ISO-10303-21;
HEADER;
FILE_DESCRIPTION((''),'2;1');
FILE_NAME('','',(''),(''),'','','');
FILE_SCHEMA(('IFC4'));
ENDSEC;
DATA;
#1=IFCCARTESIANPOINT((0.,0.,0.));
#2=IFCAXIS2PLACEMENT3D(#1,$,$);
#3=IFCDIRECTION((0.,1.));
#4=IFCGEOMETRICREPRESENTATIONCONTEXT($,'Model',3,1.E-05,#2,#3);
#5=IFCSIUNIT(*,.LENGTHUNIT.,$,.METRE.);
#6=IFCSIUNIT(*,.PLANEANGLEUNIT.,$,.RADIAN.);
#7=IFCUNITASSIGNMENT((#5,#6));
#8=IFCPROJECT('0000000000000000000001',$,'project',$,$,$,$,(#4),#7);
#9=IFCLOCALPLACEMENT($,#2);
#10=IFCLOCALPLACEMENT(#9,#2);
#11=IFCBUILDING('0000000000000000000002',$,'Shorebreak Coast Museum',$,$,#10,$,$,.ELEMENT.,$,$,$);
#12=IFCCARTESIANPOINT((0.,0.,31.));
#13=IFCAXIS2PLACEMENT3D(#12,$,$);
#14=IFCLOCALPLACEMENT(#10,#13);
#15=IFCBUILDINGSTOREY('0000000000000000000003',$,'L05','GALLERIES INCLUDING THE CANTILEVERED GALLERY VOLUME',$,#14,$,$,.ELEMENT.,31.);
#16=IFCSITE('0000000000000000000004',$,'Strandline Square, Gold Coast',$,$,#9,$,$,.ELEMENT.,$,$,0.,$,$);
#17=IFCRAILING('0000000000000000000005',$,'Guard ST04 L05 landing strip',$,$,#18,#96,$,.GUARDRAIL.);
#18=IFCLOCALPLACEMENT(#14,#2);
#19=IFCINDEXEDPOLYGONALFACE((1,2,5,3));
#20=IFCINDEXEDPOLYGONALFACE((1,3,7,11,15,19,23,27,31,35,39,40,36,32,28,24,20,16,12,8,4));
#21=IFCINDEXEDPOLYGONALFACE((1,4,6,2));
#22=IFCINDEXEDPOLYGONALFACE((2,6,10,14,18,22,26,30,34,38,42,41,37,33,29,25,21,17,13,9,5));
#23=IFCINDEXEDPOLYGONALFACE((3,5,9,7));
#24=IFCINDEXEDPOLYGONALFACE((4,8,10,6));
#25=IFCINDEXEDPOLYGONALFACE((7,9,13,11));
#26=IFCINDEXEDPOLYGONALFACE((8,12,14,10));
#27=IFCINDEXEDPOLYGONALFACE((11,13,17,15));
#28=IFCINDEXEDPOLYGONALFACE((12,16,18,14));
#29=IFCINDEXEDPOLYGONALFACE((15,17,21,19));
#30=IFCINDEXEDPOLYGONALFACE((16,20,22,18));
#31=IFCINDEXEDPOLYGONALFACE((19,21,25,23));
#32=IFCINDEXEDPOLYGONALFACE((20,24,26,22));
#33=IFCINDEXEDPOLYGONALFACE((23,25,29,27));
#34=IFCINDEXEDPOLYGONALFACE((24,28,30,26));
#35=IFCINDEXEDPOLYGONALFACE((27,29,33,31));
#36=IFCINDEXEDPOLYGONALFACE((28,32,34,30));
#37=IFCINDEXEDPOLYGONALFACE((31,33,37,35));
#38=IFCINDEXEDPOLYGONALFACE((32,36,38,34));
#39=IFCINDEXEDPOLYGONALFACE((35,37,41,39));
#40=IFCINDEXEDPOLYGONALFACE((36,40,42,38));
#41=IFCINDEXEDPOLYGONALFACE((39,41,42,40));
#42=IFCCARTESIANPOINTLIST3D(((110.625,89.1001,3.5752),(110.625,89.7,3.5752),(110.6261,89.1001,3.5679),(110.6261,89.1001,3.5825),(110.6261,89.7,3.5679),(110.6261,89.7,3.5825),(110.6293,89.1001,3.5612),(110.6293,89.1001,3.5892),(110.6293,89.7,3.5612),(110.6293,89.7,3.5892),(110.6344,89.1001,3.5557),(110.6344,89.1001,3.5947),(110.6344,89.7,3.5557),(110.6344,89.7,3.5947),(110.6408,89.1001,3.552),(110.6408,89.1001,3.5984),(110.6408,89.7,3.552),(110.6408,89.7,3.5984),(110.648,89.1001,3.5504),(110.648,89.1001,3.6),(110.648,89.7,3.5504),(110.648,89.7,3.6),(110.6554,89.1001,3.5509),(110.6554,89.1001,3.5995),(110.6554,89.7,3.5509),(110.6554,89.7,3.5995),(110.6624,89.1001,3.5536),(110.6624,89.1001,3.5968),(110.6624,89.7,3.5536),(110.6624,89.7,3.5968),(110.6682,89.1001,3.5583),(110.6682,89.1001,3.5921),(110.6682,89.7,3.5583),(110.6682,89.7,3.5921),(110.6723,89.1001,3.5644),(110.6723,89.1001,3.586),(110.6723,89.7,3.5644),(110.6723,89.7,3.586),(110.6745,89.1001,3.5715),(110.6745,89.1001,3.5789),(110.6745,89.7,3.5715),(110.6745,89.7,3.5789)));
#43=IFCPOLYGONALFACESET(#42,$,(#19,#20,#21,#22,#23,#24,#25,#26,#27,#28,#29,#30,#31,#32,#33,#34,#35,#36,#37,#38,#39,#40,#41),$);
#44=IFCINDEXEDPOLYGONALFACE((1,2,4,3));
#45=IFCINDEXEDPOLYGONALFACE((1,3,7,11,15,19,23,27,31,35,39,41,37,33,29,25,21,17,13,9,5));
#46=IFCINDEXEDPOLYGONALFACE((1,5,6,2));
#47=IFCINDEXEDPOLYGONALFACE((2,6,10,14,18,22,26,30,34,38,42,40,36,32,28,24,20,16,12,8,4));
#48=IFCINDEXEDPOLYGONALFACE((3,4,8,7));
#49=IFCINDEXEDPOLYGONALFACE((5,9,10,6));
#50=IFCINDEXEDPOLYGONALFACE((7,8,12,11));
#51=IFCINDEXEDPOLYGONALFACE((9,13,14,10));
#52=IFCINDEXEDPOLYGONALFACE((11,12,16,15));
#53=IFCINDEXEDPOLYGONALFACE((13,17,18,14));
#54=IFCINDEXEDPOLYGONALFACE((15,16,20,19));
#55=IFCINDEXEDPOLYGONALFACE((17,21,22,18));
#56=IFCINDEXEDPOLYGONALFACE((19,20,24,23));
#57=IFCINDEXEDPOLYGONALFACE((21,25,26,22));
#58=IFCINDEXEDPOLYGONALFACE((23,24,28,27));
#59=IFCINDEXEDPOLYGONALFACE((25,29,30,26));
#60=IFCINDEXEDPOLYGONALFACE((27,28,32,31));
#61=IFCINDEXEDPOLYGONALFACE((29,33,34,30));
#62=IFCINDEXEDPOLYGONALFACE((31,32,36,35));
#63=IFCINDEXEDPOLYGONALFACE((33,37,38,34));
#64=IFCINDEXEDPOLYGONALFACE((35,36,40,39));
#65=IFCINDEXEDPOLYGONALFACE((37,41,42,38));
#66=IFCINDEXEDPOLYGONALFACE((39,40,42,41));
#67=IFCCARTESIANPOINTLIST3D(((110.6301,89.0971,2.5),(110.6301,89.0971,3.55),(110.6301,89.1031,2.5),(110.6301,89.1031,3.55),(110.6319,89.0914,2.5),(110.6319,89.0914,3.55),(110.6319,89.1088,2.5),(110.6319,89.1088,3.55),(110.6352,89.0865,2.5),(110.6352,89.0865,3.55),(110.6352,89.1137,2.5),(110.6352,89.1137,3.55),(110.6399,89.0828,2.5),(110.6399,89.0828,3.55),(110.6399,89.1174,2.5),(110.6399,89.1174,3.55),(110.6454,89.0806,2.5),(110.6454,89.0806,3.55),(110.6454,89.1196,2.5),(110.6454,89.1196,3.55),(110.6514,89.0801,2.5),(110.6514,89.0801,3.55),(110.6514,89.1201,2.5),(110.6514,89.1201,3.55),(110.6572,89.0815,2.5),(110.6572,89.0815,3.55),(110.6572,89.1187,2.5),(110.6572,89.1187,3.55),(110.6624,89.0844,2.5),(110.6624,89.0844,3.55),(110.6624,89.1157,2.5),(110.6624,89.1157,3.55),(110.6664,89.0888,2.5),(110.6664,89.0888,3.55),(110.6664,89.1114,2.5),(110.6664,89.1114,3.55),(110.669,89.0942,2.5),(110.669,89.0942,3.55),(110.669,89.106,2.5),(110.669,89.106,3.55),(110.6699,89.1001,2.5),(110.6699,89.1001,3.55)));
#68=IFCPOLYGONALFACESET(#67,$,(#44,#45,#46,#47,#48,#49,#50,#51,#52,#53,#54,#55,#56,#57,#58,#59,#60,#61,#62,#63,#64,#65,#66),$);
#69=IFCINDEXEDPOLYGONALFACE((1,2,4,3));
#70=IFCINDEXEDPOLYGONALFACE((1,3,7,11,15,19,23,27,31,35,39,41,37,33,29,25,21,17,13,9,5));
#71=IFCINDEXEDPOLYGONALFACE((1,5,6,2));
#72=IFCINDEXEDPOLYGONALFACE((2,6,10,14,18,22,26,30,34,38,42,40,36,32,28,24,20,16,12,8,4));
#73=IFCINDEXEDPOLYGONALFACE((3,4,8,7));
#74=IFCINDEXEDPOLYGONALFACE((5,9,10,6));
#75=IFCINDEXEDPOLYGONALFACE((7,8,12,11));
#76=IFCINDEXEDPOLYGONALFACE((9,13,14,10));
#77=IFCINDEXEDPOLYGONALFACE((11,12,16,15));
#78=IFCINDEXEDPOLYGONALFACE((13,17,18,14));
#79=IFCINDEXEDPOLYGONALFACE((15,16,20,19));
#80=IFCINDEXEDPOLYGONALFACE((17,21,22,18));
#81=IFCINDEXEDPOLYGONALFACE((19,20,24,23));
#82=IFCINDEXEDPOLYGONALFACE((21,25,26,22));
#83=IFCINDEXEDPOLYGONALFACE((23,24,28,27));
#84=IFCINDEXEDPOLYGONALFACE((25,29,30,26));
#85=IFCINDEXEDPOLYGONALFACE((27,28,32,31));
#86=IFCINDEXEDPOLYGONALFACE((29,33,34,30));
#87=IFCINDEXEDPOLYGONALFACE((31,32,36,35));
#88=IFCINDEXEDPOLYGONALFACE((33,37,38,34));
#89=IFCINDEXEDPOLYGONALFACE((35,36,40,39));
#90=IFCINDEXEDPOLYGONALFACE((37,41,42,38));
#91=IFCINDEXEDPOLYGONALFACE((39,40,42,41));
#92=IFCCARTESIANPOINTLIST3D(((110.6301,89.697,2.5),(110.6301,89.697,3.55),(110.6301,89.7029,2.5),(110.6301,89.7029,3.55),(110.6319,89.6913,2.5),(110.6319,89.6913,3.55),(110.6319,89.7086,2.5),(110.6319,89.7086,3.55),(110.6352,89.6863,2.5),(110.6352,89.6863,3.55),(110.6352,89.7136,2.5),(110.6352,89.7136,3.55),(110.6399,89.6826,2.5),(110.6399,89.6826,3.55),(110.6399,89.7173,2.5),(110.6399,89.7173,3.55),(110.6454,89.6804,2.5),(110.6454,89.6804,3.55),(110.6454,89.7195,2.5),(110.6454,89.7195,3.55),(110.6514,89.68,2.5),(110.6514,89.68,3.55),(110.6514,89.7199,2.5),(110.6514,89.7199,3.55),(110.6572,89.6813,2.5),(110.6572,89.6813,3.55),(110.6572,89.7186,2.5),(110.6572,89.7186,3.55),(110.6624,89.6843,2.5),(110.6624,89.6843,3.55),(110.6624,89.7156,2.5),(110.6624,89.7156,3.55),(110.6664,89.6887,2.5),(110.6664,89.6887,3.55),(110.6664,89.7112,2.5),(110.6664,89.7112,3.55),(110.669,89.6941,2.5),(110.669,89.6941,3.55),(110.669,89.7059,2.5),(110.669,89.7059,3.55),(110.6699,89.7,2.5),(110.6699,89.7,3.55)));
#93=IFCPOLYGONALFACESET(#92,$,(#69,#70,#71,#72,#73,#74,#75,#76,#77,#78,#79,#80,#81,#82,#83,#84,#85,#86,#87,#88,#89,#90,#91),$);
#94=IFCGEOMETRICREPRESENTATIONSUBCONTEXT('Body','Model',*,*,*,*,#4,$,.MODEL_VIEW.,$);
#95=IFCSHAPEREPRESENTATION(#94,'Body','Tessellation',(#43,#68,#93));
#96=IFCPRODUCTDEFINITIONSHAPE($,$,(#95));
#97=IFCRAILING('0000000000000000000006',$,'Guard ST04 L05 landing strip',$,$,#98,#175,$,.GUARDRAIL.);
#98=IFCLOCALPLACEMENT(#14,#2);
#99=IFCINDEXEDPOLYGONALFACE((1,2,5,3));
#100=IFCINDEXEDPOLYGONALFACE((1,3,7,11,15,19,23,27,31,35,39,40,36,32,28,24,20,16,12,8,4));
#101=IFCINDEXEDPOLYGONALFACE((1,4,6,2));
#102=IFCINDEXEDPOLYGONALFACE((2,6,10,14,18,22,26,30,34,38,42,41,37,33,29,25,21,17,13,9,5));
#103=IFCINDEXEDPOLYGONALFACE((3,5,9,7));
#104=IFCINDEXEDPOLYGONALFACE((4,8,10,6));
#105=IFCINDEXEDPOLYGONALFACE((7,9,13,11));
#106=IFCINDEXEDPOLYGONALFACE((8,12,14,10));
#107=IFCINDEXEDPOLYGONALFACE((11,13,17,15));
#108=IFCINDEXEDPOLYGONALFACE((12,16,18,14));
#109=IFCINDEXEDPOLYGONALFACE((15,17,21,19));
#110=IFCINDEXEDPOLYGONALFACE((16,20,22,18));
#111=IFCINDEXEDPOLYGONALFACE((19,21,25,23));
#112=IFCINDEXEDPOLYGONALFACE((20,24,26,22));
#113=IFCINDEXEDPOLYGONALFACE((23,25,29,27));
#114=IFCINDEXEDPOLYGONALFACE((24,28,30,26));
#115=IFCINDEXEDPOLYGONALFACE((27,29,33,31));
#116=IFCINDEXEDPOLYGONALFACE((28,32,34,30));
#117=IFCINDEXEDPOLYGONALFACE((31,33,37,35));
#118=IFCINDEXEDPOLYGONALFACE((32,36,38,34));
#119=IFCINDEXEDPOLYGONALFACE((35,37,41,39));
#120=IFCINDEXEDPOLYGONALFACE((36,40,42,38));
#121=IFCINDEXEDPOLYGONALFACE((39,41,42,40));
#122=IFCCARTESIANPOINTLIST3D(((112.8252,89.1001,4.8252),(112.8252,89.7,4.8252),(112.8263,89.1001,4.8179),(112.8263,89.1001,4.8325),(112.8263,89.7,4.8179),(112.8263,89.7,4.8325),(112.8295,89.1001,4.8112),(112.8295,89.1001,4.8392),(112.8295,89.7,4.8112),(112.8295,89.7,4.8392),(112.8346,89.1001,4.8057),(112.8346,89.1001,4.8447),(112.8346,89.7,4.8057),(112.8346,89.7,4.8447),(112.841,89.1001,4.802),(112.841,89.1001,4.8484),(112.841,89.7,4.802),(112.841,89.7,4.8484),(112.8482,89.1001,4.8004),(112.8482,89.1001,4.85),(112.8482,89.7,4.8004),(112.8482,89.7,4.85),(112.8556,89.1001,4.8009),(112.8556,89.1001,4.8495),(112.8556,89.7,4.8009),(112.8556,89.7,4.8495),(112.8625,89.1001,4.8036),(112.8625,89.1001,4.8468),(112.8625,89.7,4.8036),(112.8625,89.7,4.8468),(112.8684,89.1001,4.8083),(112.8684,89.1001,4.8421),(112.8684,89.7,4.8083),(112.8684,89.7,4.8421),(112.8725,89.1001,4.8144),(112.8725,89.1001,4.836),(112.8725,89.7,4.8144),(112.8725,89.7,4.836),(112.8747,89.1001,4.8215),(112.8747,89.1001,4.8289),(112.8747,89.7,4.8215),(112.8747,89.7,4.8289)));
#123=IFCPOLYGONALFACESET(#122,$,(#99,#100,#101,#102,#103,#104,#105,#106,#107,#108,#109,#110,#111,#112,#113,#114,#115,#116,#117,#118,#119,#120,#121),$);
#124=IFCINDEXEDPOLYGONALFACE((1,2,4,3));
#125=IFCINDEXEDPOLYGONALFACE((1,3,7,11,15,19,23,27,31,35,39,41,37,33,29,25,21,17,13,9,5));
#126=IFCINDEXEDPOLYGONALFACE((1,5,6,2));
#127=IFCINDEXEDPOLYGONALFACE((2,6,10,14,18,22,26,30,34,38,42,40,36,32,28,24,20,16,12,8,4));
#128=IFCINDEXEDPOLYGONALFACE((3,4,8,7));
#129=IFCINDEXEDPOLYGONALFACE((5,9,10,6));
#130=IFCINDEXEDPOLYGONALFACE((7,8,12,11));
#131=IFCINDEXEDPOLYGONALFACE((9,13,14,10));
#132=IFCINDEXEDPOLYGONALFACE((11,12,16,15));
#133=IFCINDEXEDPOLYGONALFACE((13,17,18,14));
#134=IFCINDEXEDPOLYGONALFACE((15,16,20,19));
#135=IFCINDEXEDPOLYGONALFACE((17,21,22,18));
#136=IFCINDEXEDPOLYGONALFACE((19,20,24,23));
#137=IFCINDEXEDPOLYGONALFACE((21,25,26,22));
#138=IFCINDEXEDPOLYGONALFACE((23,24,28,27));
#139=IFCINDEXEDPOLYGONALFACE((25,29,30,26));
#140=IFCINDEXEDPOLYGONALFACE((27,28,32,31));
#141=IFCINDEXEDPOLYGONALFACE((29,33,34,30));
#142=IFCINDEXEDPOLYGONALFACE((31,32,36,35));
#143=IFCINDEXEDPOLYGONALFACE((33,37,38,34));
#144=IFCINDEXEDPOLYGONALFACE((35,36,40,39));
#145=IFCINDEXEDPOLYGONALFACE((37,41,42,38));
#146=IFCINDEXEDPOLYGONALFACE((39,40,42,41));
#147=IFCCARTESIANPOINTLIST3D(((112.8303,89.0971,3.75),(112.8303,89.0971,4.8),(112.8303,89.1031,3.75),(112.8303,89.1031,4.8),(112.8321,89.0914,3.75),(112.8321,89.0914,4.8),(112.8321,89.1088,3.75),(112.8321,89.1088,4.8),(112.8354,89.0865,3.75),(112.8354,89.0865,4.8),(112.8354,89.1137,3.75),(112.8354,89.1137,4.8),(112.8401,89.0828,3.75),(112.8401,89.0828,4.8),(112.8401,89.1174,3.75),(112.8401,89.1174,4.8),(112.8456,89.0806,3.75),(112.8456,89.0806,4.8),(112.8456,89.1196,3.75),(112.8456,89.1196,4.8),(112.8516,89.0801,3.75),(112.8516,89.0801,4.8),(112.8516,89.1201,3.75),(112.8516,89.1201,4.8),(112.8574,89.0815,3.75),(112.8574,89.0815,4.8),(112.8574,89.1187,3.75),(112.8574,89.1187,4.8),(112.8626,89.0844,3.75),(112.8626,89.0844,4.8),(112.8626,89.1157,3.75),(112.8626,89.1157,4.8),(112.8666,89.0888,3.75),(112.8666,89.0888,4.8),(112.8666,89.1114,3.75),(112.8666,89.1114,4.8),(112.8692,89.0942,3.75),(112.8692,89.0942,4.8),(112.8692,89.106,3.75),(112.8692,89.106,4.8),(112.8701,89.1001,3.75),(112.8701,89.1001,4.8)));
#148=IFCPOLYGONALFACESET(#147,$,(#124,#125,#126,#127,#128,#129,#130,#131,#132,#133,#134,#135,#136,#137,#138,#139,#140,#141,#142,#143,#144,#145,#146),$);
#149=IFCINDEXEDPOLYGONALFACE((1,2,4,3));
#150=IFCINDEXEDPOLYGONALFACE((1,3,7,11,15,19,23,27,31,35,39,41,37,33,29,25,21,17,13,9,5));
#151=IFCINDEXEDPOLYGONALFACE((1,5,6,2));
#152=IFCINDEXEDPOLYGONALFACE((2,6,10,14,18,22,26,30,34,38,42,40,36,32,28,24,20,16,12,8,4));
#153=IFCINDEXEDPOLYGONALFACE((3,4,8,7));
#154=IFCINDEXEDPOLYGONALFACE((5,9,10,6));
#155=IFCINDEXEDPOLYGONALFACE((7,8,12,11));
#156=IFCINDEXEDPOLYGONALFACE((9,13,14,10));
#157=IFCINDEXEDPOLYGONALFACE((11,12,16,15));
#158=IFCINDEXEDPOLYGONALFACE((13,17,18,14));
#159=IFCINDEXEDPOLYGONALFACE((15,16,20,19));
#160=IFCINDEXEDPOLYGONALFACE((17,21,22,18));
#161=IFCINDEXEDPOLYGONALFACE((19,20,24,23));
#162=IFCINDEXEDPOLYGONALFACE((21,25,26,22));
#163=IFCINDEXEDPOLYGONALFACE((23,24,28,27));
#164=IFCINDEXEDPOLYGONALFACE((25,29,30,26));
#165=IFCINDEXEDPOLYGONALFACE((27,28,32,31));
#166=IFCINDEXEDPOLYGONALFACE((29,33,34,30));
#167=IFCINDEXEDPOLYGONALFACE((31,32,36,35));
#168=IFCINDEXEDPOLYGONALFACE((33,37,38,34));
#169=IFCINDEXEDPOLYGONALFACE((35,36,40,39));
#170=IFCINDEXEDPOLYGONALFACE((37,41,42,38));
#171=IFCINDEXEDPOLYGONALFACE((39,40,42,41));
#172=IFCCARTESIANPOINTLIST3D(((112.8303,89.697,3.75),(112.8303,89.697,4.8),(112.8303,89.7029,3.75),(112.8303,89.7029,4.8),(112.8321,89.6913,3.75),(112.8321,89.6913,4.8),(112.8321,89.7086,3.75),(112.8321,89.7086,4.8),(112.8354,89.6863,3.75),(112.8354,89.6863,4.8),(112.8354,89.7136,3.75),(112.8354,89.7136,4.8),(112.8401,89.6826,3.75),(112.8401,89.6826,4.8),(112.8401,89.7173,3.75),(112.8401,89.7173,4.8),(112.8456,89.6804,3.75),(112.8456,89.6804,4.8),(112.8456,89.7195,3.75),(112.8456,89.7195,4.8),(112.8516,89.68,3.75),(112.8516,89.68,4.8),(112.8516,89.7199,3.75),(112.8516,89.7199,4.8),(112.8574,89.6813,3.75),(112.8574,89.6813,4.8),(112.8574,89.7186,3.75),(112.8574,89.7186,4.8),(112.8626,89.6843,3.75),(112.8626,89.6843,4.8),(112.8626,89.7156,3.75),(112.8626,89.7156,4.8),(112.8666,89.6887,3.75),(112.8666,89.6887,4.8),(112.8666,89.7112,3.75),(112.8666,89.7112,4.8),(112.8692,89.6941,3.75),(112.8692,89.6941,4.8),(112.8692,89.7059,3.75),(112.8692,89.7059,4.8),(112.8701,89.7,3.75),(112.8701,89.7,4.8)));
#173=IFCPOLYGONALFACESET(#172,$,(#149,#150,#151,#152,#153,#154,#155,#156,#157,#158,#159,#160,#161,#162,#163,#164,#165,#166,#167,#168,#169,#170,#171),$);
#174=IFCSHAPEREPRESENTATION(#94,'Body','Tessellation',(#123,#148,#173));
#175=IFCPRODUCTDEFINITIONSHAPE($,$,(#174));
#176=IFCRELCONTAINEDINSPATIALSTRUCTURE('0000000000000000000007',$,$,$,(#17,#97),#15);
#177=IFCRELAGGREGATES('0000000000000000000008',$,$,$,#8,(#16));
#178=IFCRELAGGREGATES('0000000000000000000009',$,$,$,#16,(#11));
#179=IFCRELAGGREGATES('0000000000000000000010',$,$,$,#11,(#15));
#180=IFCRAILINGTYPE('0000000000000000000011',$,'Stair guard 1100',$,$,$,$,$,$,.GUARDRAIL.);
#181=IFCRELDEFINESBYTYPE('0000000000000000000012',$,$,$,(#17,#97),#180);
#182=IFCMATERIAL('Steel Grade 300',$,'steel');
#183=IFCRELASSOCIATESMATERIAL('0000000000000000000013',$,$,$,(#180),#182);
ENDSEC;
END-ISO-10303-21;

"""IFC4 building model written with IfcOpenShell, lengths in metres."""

from ifc_helpers import new_model, si_unit, direction, frame, origin, origin_2d, place, context, subcontext, project, spatial, circle, extrude, material, type_object, element, save


model = new_model("IFC4")

# Units and contexts
model_context = context("Model", 3, precision=1e-05, world=origin(), true_north=direction((0.0, 1.0)))
body_context = subcontext(model_context, "Body", "Model", "MODEL_VIEW")
ifc_project = project(units=[si_unit("LENGTHUNIT", "METRE"), si_unit("PLANEANGLEUNIT", "RADIAN")], contexts=[model_context])

# Site, building, storey
site_placement = place(None, origin())
site = spatial("IfcSite", under=ifc_project, at=site_placement, Name="Strandline Square, Gold Coast", CompositionType="ELEMENT", RefElevation=0.0)
building_placement = place(site_placement, origin())
building = spatial("IfcBuilding", under=site, at=building_placement, Name="Shorebreak Coast Museum", CompositionType="ELEMENT")
storey_placement = place(building_placement, frame((0.0, 0.0, 31.0)))
storey = spatial("IfcBuildingStorey", under=building, at=storey_placement, Name="L05", Description="GALLERIES INCLUDING THE CANTILEVERED GALLERY VOLUME", CompositionType="ELEMENT", Elevation=31.0)

# Railings
ifc_material_1 = material(Name="Steel Grade 300", Category="steel")
railing_type_1 = type_object("IfcRailingType", Name="Stair guard 1100", PredefinedType="GUARDRAIL", material=ifc_material_1)
for number, where, name in (
    (1, (110.6499, 89.1001, 2.5), "Guard ST04 L05 landing strip"),
    (2, (112.8501, 89.1001, 3.75), "Guard ST04 L05 landing strip"),
):
    element("IfcRailing", number, at=place(storey_placement, frame(where)), inside=storey, type_object=railing_type_1, Name=name, PredefinedType="GUARDRAIL", context=body_context, shape_type="SweptSolid", body=[
        extrude(circle(Radius=0.0249, at=origin_2d()), frame((0.0, 0.0, 1.0752), z_axis=(0.0, 1.0, 0.0), x_axis=(-1.0, 0.0, 0.0)), (0.0, 0.0, 1.0), 0.5999),
        extrude(circle(Radius=0.02, at=origin_2d()), origin(), (0.0, 0.0, 1.0), 1.05),
        extrude(circle(Radius=0.02, at=origin_2d()), frame((0.0, 0.5999, 0.0)), (0.0, 0.0, 1.0), 1.05),
    ])

save(model, "model.ifc")
